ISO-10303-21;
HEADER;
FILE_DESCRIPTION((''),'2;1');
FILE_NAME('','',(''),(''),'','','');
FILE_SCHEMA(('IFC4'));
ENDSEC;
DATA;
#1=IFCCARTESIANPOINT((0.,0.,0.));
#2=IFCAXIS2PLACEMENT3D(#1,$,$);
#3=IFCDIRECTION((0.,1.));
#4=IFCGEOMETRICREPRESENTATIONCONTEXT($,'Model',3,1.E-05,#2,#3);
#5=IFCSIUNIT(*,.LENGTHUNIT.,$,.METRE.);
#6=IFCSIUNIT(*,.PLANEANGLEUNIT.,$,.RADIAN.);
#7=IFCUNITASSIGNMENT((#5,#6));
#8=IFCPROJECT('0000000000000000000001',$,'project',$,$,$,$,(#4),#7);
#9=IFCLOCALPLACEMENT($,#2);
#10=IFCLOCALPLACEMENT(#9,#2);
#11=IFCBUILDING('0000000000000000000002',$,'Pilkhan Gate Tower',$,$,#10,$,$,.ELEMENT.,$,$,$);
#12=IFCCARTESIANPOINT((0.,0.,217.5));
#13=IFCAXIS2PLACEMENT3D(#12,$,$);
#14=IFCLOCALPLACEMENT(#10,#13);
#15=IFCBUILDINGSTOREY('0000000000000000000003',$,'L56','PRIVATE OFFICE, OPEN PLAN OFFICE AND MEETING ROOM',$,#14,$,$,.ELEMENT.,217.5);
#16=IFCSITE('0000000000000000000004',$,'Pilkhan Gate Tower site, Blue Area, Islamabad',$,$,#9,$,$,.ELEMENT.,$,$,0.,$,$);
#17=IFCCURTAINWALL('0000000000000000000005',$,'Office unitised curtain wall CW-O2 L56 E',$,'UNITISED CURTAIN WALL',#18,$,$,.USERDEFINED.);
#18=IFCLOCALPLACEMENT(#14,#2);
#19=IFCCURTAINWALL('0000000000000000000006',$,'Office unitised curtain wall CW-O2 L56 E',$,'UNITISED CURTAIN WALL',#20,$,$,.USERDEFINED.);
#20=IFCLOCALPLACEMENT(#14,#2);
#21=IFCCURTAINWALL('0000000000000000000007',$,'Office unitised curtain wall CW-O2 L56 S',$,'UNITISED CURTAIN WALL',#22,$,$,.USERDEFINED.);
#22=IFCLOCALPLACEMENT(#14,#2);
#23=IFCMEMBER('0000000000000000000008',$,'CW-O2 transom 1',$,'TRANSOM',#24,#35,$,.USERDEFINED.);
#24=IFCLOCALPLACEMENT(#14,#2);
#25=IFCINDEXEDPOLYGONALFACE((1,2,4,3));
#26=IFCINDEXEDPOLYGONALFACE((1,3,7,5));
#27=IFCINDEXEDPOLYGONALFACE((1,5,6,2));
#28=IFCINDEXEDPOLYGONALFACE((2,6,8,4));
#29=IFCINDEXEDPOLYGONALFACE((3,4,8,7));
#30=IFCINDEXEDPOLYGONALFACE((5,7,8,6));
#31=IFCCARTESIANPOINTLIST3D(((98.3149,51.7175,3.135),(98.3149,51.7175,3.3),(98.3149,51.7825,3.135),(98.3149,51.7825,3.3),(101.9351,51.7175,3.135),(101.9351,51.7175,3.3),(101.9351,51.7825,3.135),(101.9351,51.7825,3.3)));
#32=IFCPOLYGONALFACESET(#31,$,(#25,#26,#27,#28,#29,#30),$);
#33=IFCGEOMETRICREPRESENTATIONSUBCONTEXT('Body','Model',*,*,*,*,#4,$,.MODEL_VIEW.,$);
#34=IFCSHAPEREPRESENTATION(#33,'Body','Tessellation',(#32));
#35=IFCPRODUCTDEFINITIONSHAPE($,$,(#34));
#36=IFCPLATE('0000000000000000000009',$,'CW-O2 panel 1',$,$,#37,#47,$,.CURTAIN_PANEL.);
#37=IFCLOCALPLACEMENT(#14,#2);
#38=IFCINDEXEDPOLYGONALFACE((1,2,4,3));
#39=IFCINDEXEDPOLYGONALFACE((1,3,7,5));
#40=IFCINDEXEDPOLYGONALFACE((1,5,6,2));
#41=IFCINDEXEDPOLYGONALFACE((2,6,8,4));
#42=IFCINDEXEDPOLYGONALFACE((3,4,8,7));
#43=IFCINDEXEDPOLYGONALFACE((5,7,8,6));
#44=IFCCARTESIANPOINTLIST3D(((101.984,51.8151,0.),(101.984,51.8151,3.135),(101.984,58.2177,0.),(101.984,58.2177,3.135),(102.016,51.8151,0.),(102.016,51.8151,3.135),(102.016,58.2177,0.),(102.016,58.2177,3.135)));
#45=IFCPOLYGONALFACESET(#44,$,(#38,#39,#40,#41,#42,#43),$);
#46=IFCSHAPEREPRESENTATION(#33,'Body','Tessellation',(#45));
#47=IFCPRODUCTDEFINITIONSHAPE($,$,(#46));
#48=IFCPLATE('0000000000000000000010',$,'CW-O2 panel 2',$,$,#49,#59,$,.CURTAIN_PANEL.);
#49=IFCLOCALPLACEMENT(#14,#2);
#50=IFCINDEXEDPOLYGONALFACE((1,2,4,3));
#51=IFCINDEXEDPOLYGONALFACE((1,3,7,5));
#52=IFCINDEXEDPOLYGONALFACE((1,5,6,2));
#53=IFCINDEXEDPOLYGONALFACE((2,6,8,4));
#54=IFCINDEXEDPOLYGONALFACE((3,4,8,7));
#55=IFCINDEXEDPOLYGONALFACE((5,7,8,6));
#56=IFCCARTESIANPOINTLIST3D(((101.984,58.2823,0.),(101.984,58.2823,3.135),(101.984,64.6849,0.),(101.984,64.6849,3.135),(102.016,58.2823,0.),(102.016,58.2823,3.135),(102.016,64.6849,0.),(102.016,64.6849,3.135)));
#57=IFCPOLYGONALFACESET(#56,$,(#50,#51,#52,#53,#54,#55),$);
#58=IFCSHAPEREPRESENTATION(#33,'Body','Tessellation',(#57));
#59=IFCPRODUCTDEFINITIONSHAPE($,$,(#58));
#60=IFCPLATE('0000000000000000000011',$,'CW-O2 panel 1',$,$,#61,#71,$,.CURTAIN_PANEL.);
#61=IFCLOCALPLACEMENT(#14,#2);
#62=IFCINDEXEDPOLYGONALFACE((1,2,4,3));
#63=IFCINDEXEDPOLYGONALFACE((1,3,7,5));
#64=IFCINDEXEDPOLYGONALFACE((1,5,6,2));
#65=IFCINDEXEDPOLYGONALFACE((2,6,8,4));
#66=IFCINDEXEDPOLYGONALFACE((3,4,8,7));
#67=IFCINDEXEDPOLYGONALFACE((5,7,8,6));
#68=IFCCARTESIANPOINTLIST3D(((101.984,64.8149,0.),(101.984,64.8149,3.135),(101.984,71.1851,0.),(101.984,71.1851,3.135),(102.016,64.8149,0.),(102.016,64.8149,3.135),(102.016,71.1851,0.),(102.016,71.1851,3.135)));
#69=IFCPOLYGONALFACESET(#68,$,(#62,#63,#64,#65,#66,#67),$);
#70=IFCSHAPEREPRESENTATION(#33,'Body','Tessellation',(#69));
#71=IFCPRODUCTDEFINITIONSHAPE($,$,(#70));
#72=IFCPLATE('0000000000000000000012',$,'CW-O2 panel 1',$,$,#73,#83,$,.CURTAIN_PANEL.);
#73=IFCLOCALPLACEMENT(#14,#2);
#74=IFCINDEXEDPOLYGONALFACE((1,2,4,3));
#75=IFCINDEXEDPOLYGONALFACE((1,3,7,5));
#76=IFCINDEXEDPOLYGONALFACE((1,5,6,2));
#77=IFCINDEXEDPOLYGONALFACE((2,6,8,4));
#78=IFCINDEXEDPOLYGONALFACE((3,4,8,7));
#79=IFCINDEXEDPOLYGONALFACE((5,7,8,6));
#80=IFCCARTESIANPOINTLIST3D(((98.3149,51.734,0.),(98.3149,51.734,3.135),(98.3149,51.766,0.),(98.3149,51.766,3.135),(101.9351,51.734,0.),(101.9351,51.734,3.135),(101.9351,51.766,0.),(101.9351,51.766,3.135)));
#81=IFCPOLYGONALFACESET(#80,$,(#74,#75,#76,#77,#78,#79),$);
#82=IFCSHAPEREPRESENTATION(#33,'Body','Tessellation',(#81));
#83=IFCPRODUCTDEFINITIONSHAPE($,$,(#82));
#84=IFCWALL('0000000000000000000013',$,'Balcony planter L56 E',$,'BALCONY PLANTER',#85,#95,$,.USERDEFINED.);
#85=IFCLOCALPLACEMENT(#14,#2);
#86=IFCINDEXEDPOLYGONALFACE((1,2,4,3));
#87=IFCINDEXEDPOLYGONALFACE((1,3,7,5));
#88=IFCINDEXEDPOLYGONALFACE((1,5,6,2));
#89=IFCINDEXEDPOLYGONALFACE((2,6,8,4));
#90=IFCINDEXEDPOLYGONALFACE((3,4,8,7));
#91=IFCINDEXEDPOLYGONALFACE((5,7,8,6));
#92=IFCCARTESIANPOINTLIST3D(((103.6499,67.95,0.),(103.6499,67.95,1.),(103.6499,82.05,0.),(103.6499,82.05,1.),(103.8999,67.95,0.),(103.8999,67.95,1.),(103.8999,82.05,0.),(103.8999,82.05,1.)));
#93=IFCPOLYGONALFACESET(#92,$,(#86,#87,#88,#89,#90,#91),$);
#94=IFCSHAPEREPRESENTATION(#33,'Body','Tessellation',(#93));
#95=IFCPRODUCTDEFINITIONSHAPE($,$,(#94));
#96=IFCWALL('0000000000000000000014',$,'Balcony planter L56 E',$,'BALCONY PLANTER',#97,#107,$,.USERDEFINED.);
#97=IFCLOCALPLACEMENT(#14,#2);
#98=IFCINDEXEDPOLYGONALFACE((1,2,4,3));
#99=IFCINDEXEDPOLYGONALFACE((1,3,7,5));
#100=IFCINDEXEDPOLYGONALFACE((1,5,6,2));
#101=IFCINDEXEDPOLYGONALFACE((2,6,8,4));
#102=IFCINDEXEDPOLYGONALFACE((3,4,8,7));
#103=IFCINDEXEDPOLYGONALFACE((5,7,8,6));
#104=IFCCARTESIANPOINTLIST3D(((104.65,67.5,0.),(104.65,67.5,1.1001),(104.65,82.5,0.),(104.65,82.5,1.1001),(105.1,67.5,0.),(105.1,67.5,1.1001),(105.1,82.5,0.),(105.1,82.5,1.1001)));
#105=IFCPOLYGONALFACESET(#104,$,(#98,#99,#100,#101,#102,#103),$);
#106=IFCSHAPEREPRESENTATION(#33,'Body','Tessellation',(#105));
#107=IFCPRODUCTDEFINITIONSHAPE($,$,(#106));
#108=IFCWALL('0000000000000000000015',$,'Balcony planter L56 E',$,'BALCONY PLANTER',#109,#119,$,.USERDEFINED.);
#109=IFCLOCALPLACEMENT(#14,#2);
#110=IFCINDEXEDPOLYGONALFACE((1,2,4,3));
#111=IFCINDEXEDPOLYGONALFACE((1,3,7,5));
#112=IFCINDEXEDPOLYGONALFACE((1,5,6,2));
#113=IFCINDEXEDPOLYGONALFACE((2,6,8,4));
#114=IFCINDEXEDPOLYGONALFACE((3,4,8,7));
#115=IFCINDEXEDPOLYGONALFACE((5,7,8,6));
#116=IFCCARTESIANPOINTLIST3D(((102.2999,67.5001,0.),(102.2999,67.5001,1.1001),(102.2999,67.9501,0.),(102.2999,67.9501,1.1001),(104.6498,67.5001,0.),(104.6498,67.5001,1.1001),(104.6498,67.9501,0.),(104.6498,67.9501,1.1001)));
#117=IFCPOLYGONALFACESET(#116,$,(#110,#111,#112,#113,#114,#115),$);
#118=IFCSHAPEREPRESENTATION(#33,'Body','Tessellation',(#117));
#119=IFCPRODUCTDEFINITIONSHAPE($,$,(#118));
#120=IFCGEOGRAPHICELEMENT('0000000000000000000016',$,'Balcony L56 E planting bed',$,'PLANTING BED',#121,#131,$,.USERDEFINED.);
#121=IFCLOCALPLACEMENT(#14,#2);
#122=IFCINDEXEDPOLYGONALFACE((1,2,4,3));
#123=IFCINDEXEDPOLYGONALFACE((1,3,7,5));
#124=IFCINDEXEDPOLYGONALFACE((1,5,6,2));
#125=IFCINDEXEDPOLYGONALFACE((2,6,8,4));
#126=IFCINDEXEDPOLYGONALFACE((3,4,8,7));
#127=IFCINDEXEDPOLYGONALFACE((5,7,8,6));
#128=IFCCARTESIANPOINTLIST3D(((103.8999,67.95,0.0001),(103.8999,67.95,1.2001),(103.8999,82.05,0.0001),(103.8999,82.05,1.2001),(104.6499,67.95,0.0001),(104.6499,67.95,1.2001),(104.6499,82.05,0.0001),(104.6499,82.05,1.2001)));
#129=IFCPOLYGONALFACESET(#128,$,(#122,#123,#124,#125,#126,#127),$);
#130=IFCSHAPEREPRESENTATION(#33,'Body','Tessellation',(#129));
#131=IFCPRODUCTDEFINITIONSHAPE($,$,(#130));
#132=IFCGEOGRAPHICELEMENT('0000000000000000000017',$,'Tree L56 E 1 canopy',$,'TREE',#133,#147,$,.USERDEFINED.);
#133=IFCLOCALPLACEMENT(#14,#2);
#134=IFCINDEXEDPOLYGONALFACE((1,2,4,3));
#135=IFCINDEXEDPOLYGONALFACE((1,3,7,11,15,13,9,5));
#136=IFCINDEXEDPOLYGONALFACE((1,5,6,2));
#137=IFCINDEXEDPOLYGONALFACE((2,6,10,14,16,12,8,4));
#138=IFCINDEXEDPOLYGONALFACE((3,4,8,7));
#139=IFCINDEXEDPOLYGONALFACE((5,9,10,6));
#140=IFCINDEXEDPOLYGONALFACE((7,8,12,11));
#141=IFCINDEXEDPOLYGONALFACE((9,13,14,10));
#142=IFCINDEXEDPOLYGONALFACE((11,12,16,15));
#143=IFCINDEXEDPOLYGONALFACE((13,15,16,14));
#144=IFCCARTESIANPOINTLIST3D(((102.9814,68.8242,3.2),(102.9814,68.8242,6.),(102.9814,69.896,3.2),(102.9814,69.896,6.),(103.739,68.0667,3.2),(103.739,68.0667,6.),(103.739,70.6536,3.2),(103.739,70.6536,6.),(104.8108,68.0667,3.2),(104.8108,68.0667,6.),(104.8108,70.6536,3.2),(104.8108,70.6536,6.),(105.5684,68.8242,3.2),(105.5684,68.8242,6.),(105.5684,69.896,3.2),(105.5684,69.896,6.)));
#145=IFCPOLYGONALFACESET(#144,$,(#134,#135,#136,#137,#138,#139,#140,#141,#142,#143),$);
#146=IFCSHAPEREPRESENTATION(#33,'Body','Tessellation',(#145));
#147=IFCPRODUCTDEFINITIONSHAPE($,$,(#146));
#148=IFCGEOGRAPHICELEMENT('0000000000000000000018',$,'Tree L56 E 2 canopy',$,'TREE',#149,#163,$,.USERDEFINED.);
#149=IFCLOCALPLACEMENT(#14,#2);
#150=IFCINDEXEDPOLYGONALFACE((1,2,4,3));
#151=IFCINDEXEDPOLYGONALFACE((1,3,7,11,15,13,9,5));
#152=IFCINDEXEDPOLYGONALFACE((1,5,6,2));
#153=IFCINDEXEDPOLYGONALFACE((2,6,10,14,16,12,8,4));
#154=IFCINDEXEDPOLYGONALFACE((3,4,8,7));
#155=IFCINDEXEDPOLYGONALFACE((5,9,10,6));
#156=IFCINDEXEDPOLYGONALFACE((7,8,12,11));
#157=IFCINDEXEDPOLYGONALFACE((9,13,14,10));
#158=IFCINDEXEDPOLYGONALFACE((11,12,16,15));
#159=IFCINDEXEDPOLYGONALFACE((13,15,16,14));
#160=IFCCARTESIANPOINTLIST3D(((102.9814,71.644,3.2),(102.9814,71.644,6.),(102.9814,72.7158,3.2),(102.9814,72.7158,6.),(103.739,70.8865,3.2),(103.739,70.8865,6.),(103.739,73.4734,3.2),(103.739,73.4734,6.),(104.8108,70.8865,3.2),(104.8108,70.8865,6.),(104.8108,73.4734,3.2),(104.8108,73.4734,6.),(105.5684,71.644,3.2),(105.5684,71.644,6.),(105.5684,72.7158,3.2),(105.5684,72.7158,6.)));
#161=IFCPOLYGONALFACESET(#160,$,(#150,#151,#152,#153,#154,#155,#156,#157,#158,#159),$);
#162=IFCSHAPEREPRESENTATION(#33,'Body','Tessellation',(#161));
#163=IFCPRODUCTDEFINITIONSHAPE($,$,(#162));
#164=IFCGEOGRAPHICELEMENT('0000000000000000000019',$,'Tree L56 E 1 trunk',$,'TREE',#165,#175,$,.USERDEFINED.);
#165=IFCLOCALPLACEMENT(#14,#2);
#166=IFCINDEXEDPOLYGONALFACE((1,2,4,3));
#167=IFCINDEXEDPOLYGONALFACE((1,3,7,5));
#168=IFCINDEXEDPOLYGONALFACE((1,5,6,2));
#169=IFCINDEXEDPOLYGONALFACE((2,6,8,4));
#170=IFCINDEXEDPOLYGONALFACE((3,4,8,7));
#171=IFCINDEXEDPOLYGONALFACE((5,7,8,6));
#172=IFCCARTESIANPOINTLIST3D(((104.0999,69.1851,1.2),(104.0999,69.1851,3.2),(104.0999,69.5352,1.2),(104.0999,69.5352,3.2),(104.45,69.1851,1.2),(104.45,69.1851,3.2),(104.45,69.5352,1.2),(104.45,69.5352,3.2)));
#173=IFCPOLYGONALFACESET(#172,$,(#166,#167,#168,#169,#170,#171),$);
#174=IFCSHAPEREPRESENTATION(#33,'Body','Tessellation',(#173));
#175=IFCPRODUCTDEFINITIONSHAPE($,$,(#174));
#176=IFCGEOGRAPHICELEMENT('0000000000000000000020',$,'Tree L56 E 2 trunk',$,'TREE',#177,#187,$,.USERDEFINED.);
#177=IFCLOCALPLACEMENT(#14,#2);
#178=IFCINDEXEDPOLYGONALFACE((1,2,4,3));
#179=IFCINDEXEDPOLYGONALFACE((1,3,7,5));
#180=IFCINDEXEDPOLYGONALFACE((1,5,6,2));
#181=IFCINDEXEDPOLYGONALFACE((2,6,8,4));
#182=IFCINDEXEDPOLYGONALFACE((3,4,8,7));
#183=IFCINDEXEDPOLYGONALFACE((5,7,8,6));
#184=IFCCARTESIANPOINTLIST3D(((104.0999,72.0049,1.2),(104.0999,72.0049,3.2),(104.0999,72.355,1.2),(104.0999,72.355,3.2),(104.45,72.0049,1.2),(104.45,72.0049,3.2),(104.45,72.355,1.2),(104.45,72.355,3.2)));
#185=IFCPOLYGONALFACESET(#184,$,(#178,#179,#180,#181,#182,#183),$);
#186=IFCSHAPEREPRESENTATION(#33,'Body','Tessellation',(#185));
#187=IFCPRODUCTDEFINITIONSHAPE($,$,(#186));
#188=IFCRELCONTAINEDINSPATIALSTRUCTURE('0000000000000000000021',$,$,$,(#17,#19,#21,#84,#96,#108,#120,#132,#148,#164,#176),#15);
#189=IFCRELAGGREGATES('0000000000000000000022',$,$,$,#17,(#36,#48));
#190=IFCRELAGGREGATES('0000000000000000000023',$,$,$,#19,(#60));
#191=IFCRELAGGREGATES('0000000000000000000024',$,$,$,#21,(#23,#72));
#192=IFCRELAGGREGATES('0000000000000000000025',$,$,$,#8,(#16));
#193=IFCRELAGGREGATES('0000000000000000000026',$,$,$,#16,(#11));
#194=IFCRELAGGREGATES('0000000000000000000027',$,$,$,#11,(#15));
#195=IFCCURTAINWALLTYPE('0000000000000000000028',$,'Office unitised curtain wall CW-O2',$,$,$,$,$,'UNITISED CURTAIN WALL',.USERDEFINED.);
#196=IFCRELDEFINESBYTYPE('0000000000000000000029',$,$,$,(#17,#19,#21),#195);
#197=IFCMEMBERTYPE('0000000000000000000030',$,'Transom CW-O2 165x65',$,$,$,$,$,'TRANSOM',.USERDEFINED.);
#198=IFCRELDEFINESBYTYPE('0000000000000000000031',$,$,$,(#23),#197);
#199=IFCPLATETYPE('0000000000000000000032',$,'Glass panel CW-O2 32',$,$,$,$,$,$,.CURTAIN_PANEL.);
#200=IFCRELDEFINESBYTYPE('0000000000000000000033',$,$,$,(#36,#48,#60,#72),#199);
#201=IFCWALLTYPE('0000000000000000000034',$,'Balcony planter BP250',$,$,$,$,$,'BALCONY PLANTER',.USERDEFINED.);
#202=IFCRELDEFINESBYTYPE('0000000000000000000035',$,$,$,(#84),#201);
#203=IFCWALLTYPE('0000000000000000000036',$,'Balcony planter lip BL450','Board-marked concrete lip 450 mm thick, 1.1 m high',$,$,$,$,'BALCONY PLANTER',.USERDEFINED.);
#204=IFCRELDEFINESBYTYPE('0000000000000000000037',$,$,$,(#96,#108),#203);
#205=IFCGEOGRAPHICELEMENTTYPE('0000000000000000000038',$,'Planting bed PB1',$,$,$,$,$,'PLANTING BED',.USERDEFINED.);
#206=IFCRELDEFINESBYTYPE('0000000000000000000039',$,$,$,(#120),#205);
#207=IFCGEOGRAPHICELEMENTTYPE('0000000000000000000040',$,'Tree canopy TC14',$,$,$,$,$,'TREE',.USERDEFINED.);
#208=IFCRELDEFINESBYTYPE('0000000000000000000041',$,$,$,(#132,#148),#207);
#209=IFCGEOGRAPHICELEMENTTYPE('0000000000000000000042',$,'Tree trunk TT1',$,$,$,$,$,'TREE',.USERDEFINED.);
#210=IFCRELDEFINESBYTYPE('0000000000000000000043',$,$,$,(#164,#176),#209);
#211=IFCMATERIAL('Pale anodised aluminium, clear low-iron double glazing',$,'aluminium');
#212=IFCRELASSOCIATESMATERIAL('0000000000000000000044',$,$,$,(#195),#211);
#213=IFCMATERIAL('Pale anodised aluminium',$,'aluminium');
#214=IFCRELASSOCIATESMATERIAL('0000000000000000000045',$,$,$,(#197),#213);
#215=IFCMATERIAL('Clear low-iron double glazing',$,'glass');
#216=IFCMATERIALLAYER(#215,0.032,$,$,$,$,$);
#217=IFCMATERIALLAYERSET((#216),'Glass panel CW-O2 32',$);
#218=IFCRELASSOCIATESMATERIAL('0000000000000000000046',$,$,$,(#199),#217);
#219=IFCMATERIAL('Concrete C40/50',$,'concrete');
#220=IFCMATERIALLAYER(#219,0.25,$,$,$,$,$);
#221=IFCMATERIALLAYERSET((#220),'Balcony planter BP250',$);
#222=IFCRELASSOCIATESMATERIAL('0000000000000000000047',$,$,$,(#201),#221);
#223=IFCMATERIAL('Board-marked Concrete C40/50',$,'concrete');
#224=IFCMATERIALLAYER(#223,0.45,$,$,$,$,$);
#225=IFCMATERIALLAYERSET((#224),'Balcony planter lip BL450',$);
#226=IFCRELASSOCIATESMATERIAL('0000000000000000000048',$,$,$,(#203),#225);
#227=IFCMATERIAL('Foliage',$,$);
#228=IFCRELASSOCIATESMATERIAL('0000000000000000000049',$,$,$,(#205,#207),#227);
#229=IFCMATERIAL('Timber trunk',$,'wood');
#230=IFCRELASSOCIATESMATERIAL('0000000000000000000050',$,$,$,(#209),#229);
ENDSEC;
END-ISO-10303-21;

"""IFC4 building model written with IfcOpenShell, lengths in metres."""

from ifc_helpers import new_model, si_unit, direction, frame, frame_2d, origin, origin_2d, place, context, subcontext, project, spatial, polyline, rectangle, outline, extrude, material, layer, layer_set, material_profile, profile_set, type_object, element, aggregate, save


model = new_model("IFC4")

# Units and contexts
model_context = context("Model", 3, precision=1e-05, world=origin(), true_north=direction((0.0, 1.0)))
body_context = subcontext(model_context, "Body", "Model", "MODEL_VIEW")
ifc_project = project(units=[si_unit("LENGTHUNIT", "METRE"), si_unit("PLANEANGLEUNIT", "RADIAN")], contexts=[model_context])

# Site, building, storey
site_placement = place(None, origin())
site = spatial("IfcSite", under=ifc_project, at=site_placement, Name="Pilkhan Gate Tower site, Blue Area, Islamabad", CompositionType="ELEMENT", RefElevation=0.0)
building_placement = place(site_placement, origin())
building = spatial("IfcBuilding", under=site, at=building_placement, Name="Pilkhan Gate Tower", CompositionType="ELEMENT")
storey_placement = place(building_placement, frame((0.0, 0.0, 217.5)))
storey = spatial("IfcBuildingStorey", under=building, at=storey_placement, Name="L56", Description="PRIVATE OFFICE, OPEN PLAN OFFICE AND MEETING ROOM", CompositionType="ELEMENT", Elevation=217.5)

# Curtain walls
ifc_material_1 = material(Name="Pale anodised aluminium, clear low-iron double glazing", Category="aluminium")
curtain_wall_type = type_object("IfcCurtainWallType", Name="Office unitised curtain wall CW-O2", ElementType="UNITISED CURTAIN WALL", PredefinedType="USERDEFINED", material=ifc_material_1)
curtain_wall_1_placement = place(storey_placement, origin())
curtain_wall_1 = element("IfcCurtainWall", 1, at=curtain_wall_1_placement, inside=storey, type_object=curtain_wall_type, Name="Office unitised curtain wall CW-O2 L56 E", ObjectType="UNITISED CURTAIN WALL", PredefinedType="USERDEFINED")
ifc_material_2 = material(Name="Pale anodised aluminium", Category="aluminium")
curtain_wall_2_placement = place(storey_placement, origin())
curtain_wall_2 = element("IfcCurtainWall", 2, at=curtain_wall_2_placement, inside=storey, type_object=curtain_wall_type, Name="Office unitised curtain wall CW-O2 L56 E", ObjectType="UNITISED CURTAIN WALL", PredefinedType="USERDEFINED")

# Curtain wall
curtain_wall_3_placement = place(storey_placement, origin())
curtain_wall_3 = element("IfcCurtainWall", 3, at=curtain_wall_3_placement, inside=storey, type_object=curtain_wall_type, Name="Office unitised curtain wall CW-O2 L56 S", ObjectType="UNITISED CURTAIN WALL", PredefinedType="USERDEFINED")

# Member
ifc_material_profile_1 = material_profile(ifc_material_2, rectangle(XDim=0.0649, YDim=0.165, at=origin_2d()), Name="Transom 165x65")
ifc_profile_set_1 = profile_set([ifc_material_profile_1], Name="Pale anodised aluminium")
member_type_1 = type_object("IfcMemberType", Name="Transom CW-O2 165x65", ElementType="TRANSOM", PredefinedType="USERDEFINED", material=ifc_profile_set_1)
member_1_placement = place(storey_placement, frame((98.3149, 51.75, 3.2175), z_axis=(1.0, 0.0, 0.0), x_axis=(0.0, 1.0, 0.0)))
member_1 = element("IfcMember", 4, at=member_1_placement, type_object=member_type_1, Name="CW-O2 transom 1", ObjectType="TRANSOM", PredefinedType="USERDEFINED", context=body_context, shape_type="SweptSolid", body=[
    extrude(rectangle(XDim=0.0649, YDim=0.165, at=origin_2d()), origin(), (0.0, 0.0, 1.0), 3.6201),
])

# Plates
ifc_material_3 = material(Name="Clear low-iron double glazing", Category="glass")
ifc_layer_1 = layer(ifc_material_3, 0.032)
ifc_layer_set_1 = layer_set([ifc_layer_1], Name="Glass panel CW-O2 32")
plate_type = type_object("IfcPlateType", Name="Glass panel CW-O2 32", PredefinedType="CURTAIN_PANEL", material=ifc_layer_set_1)
plate_1_placement = place(storey_placement, frame((102.0, 55.0164, 0.0), z_axis=(0.0, 0.0, 1.0), x_axis=(0.0, 1.0, 0.0)))
plate_1 = element("IfcPlate", 5, at=plate_1_placement, type_object=plate_type, Name="CW-O2 panel 1", PredefinedType="CURTAIN_PANEL", context=body_context, shape_type="SweptSolid", body=[
    extrude(rectangle(XDim=6.4026, YDim=0.032, at=origin_2d()), origin(), (0.0, 0.0, 1.0), 3.135),
])
plate_2_placement = place(storey_placement, frame((102.0, 61.4836, 0.0), z_axis=(0.0, 0.0, 1.0), x_axis=(0.0, 1.0, 0.0)))
plate_2 = element("IfcPlate", 6, at=plate_2_placement, type_object=plate_type, Name="CW-O2 panel 2", PredefinedType="CURTAIN_PANEL", context=body_context, shape_type="SweptSolid", body=[
    extrude(rectangle(XDim=6.4026, YDim=0.032, at=origin_2d()), origin(), (0.0, 0.0, 1.0), 3.135),
])
aggregate(curtain_wall_1, [plate_1, plate_2])
plate_3_placement = place(storey_placement, frame((102.0, 68.0, 0.0), z_axis=(0.0, 0.0, 1.0), x_axis=(0.0, 1.0, 0.0)))
plate_3 = element("IfcPlate", 7, at=plate_3_placement, type_object=plate_type, Name="CW-O2 panel 1", PredefinedType="CURTAIN_PANEL", context=body_context, shape_type="SweptSolid", body=[
    extrude(rectangle(XDim=6.3701, YDim=0.032, at=origin_2d()), origin(), (0.0, 0.0, 1.0), 3.135),
])
aggregate(curtain_wall_2, [plate_3])
plate_4_placement = place(storey_placement, frame((100.125, 51.75, 0.0), z_axis=(0.0, 0.0, 1.0), x_axis=(1.0, 0.0, 0.0)))
plate_4 = element("IfcPlate", 8, at=plate_4_placement, type_object=plate_type, Name="CW-O2 panel 1", PredefinedType="CURTAIN_PANEL", context=body_context, shape_type="SweptSolid", body=[
    extrude(rectangle(XDim=3.6201, YDim=0.032, at=origin_2d()), origin(), (0.0, 0.0, 1.0), 3.135),
])
aggregate(curtain_wall_3, [member_1, plate_4])

# Walls
ifc_material_4 = material(Name="Concrete C40/50", Category="concrete")
ifc_layer_2 = layer(ifc_material_4, 0.25)
ifc_layer_set_2 = layer_set([ifc_layer_2], Name="Balcony planter BP250")
wall_type_1 = type_object("IfcWallType", Name="Balcony planter BP250", ElementType="BALCONY PLANTER", PredefinedType="USERDEFINED", material=ifc_layer_set_2)
wall_1_placement = place(storey_placement, frame((103.7749, 67.95, 0.0), z_axis=(0.0, 0.0, 1.0), x_axis=(0.0, 1.0, 0.0)))
element("IfcWall", 9, at=wall_1_placement, inside=storey, type_object=wall_type_1, Name="Balcony planter L56 E", ObjectType="BALCONY PLANTER", PredefinedType="USERDEFINED", context=body_context, shape_type="SweptSolid", body=[
    extrude(rectangle(XDim=14.1001, YDim=0.25, at=frame_2d((7.05, 0.0))), origin(), (0.0, 0.0, 1.0), 1.0),
])
ifc_material_5 = material(Name="Board-marked Concrete C40/50", Category="concrete")
ifc_layer_3 = layer(ifc_material_5, 0.45)
ifc_layer_set_3 = layer_set([ifc_layer_3], Name="Balcony planter lip BL450")
wall_type_2 = type_object("IfcWallType", Name="Balcony planter lip BL450", Description="Board-marked concrete lip 450 mm thick, 1.1 m high", ElementType="BALCONY PLANTER", PredefinedType="USERDEFINED", material=ifc_layer_set_3)
wall_2_placement = place(storey_placement, frame((104.875, 67.5, 0.0), z_axis=(0.0, 0.0, 1.0), x_axis=(0.0, 1.0, 0.0)))
element("IfcWall", 10, at=wall_2_placement, inside=storey, type_object=wall_type_2, Name="Balcony planter L56 E", ObjectType="BALCONY PLANTER", PredefinedType="USERDEFINED", context=body_context, shape_type="SweptSolid", body=[
    extrude(rectangle(XDim=15.0, YDim=0.45, at=frame_2d((7.5, 0.0))), origin(), (0.0, 0.0, 1.0), 1.1001),
])
wall_3_placement = place(storey_placement, frame((102.3, 67.7251, 0.0), z_axis=(0.0, 0.0, 1.0), x_axis=(1.0, 0.0, 0.0)))
element("IfcWall", 11, at=wall_3_placement, inside=storey, type_object=wall_type_2, Name="Balcony planter L56 E", ObjectType="BALCONY PLANTER", PredefinedType="USERDEFINED", context=body_context, shape_type="SweptSolid", body=[
    extrude(rectangle(XDim=2.3499, YDim=0.45, at=frame_2d((1.1748, 0.0))), origin(), (0.0, 0.0, 1.0), 1.1001),
])

# Geographic elements
ifc_material_6 = material(Name="Foliage")
ifc_material_profile_2 = material_profile(ifc_material_6, rectangle(XDim=0.75, YDim=1.2, at=origin_2d()), Name="Bed 750x1200")
ifc_profile_set_2 = profile_set([ifc_material_profile_2], Name="Foliage")
geographic_element_type_1 = type_object("IfcGeographicElementType", Name="Planting bed PB1", ElementType="PLANTING BED", PredefinedType="USERDEFINED", material=ifc_profile_set_2)
geographic_element_placement = place(storey_placement, frame((104.2749, 67.95, 0.6001), z_axis=(0.0, 1.0, 0.0), x_axis=(-1.0, 0.0, 0.0)))
element("IfcGeographicElement", 12, at=geographic_element_placement, inside=storey, type_object=geographic_element_type_1, Name="Balcony L56 E planting bed", ObjectType="PLANTING BED", PredefinedType="USERDEFINED", context=body_context, shape_type="SweptSolid", body=[
    extrude(rectangle(XDim=0.75, YDim=1.2, at=origin_2d()), origin(), (0.0, 0.0, 1.0), 14.1001),
])
ifc_material_profile_3 = material_profile(ifc_material_6, outline(polyline([(1.2935, 0.5359), (0.5359, 1.2935), (-0.5359, 1.2935), (-1.2935, 0.5359), (-1.2935, -0.5359), (-0.5359, -1.2935), (0.5359, -1.2935), (1.2935, -0.5359), (1.2935, 0.5359)])), Name="Canopy D2.8")
ifc_profile_set_3 = profile_set([ifc_material_profile_3], Name="Foliage")
geographic_element_type_2 = type_object("IfcGeographicElementType", Name="Tree canopy TC14", ElementType="TREE", PredefinedType="USERDEFINED", material=ifc_profile_set_3)
for number, where, z_axis, x_axis, name in (
    (13, (104.2749, 69.3601, 3.2), (0.0, 0.0, 1.0), (1.0, 0.0, 0.0), "Tree L56 E 1 canopy"),
    (14, (104.2749, 72.1799, 3.2), (0.0, 0.0, 1.0), (1.0, 0.0, 0.0), "Tree L56 E 2 canopy"),
):
    element("IfcGeographicElement", number, at=place(storey_placement, frame(where, z_axis=z_axis, x_axis=x_axis)), inside=storey, type_object=geographic_element_type_2, Name=name, ObjectType="TREE", PredefinedType="USERDEFINED", context=body_context, shape_type="SweptSolid", body=[
        extrude(outline(polyline([(1.2935, 0.5359), (0.5359, 1.2935), (-0.5359, 1.2935), (-1.2935, 0.5359), (-1.2935, -0.5359), (-0.5359, -1.2935), (0.5359, -1.2935), (1.2935, -0.5359), (1.2935, 0.5359)])), origin(), (0.0, 0.0, 1.0), 2.8),
    ])
ifc_material_7 = material(Name="Timber trunk", Category="wood")
geographic_element_type_3 = type_object("IfcGeographicElementType", Name="Tree trunk TT1", ElementType="TREE", PredefinedType="USERDEFINED", material=ifc_material_7)
for number, where, z_axis, x_axis, name in (
    (15, (104.2749, 69.3601, 1.2), (0.0, 0.0, 1.0), (1.0, 0.0, 0.0), "Tree L56 E 1 trunk"),
    (16, (104.2749, 72.1799, 1.2), (0.0, 0.0, 1.0), (1.0, 0.0, 0.0), "Tree L56 E 2 trunk"),
):
    element("IfcGeographicElement", number, at=place(storey_placement, frame(where, z_axis=z_axis, x_axis=x_axis)), inside=storey, type_object=geographic_element_type_3, Name=name, ObjectType="TREE", PredefinedType="USERDEFINED", context=body_context, shape_type="SweptSolid", body=[
        extrude(rectangle(XDim=0.3501, YDim=0.3501, at=origin_2d()), origin(), (0.0, 0.0, 1.0), 2.0),
    ])

save(model, "model.ifc")
